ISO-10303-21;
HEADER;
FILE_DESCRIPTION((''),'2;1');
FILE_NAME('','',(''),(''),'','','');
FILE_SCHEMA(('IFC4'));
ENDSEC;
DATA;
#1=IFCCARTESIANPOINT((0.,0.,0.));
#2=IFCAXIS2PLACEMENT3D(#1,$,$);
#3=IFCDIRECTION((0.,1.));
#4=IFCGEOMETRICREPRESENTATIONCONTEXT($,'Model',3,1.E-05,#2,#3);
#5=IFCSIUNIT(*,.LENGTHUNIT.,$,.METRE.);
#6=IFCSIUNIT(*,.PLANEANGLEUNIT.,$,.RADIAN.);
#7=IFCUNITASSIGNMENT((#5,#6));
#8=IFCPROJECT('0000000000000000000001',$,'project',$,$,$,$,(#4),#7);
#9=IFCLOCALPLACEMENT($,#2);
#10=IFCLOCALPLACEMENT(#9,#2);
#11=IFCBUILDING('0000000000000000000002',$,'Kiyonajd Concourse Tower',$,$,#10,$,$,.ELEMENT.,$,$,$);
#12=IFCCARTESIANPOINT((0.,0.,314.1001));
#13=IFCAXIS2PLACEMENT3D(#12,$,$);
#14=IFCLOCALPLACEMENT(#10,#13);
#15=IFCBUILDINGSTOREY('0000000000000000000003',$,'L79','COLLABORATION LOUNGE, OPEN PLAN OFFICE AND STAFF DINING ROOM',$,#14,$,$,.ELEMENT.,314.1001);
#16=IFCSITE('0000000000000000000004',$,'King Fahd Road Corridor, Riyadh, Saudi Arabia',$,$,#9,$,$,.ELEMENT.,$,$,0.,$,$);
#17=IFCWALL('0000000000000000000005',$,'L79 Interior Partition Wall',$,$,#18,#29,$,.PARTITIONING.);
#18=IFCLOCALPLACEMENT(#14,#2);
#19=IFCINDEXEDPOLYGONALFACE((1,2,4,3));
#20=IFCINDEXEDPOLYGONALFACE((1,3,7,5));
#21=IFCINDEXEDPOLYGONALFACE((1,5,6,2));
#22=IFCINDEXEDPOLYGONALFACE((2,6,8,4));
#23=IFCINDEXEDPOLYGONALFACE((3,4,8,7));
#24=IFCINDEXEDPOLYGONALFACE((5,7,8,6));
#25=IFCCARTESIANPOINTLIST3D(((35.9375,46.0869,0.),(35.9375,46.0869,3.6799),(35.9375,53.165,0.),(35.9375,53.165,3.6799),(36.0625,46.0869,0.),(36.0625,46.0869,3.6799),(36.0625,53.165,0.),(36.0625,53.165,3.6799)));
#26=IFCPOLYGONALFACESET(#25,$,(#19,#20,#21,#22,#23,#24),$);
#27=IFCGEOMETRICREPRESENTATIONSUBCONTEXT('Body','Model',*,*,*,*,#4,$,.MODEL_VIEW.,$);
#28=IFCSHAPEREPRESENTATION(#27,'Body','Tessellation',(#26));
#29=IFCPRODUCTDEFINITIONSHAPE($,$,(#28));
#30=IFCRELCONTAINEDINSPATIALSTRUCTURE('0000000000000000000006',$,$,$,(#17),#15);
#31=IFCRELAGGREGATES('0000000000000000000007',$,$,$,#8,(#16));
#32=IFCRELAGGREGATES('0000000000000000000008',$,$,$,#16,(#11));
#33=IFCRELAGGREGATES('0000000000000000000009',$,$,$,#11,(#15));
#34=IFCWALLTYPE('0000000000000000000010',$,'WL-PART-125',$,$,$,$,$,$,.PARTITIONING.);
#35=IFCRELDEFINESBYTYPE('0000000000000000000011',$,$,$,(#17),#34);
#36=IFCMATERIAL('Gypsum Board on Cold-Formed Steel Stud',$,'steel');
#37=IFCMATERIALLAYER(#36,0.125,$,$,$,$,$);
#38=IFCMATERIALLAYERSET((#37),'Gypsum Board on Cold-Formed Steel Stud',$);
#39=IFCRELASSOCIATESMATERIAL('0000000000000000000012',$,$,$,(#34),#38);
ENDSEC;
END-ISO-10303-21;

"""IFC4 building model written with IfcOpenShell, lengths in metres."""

from ifc_helpers import new_model, si_unit, direction, frame, frame_2d, origin, place, context, subcontext, project, spatial, rectangle, extrude, material, layer, layer_set, type_object, element, save


model = new_model("IFC4")

# Units and contexts
model_context = context("Model", 3, precision=1e-05, world=origin(), true_north=direction((0.0, 1.0)))
body_context = subcontext(model_context, "Body", "Model", "MODEL_VIEW")
ifc_project = project(units=[si_unit("LENGTHUNIT", "METRE"), si_unit("PLANEANGLEUNIT", "RADIAN")], contexts=[model_context])

# Site, building, storey
site_placement = place(None, origin())
site = spatial("IfcSite", under=ifc_project, at=site_placement, Name="King Fahd Road Corridor, Riyadh, Saudi Arabia", CompositionType="ELEMENT", RefElevation=0.0)
building_placement = place(site_placement, origin())
building = spatial("IfcBuilding", under=site, at=building_placement, Name="Kiyonajd Concourse Tower", CompositionType="ELEMENT")
storey_placement = place(building_placement, frame((0.0, 0.0, 314.1001)))
storey = spatial("IfcBuildingStorey", under=building, at=storey_placement, Name="L79", Description="COLLABORATION LOUNGE, OPEN PLAN OFFICE AND STAFF DINING ROOM", CompositionType="ELEMENT", Elevation=314.1001)

# Wall
ifc_material_1 = material(Name="Gypsum Board on Cold-Formed Steel Stud", Category="steel")
ifc_layer_1 = layer(ifc_material_1, 0.125)
ifc_layer_set_1 = layer_set([ifc_layer_1], Name="Gypsum Board on Cold-Formed Steel Stud")
wall_type_1 = type_object("IfcWallType", Name="WL-PART-125", PredefinedType="PARTITIONING", material=ifc_layer_set_1)
wall_1_placement = place(storey_placement, frame((36.0, 46.0869, 0.0), z_axis=(0.0, 0.0, 1.0), x_axis=(0.0, 1.0, 0.0)))
element("IfcWall", 1, at=wall_1_placement, inside=storey, type_object=wall_type_1, Name="L79 Interior Partition Wall", PredefinedType="PARTITIONING", context=body_context, shape_type="SweptSolid", body=[
    extrude(rectangle(XDim=7.0781, YDim=0.125, at=frame_2d((3.5391, 0.0))), origin(), (0.0, 0.0, 1.0), 3.6799),
])

save(model, "model.ifc")
